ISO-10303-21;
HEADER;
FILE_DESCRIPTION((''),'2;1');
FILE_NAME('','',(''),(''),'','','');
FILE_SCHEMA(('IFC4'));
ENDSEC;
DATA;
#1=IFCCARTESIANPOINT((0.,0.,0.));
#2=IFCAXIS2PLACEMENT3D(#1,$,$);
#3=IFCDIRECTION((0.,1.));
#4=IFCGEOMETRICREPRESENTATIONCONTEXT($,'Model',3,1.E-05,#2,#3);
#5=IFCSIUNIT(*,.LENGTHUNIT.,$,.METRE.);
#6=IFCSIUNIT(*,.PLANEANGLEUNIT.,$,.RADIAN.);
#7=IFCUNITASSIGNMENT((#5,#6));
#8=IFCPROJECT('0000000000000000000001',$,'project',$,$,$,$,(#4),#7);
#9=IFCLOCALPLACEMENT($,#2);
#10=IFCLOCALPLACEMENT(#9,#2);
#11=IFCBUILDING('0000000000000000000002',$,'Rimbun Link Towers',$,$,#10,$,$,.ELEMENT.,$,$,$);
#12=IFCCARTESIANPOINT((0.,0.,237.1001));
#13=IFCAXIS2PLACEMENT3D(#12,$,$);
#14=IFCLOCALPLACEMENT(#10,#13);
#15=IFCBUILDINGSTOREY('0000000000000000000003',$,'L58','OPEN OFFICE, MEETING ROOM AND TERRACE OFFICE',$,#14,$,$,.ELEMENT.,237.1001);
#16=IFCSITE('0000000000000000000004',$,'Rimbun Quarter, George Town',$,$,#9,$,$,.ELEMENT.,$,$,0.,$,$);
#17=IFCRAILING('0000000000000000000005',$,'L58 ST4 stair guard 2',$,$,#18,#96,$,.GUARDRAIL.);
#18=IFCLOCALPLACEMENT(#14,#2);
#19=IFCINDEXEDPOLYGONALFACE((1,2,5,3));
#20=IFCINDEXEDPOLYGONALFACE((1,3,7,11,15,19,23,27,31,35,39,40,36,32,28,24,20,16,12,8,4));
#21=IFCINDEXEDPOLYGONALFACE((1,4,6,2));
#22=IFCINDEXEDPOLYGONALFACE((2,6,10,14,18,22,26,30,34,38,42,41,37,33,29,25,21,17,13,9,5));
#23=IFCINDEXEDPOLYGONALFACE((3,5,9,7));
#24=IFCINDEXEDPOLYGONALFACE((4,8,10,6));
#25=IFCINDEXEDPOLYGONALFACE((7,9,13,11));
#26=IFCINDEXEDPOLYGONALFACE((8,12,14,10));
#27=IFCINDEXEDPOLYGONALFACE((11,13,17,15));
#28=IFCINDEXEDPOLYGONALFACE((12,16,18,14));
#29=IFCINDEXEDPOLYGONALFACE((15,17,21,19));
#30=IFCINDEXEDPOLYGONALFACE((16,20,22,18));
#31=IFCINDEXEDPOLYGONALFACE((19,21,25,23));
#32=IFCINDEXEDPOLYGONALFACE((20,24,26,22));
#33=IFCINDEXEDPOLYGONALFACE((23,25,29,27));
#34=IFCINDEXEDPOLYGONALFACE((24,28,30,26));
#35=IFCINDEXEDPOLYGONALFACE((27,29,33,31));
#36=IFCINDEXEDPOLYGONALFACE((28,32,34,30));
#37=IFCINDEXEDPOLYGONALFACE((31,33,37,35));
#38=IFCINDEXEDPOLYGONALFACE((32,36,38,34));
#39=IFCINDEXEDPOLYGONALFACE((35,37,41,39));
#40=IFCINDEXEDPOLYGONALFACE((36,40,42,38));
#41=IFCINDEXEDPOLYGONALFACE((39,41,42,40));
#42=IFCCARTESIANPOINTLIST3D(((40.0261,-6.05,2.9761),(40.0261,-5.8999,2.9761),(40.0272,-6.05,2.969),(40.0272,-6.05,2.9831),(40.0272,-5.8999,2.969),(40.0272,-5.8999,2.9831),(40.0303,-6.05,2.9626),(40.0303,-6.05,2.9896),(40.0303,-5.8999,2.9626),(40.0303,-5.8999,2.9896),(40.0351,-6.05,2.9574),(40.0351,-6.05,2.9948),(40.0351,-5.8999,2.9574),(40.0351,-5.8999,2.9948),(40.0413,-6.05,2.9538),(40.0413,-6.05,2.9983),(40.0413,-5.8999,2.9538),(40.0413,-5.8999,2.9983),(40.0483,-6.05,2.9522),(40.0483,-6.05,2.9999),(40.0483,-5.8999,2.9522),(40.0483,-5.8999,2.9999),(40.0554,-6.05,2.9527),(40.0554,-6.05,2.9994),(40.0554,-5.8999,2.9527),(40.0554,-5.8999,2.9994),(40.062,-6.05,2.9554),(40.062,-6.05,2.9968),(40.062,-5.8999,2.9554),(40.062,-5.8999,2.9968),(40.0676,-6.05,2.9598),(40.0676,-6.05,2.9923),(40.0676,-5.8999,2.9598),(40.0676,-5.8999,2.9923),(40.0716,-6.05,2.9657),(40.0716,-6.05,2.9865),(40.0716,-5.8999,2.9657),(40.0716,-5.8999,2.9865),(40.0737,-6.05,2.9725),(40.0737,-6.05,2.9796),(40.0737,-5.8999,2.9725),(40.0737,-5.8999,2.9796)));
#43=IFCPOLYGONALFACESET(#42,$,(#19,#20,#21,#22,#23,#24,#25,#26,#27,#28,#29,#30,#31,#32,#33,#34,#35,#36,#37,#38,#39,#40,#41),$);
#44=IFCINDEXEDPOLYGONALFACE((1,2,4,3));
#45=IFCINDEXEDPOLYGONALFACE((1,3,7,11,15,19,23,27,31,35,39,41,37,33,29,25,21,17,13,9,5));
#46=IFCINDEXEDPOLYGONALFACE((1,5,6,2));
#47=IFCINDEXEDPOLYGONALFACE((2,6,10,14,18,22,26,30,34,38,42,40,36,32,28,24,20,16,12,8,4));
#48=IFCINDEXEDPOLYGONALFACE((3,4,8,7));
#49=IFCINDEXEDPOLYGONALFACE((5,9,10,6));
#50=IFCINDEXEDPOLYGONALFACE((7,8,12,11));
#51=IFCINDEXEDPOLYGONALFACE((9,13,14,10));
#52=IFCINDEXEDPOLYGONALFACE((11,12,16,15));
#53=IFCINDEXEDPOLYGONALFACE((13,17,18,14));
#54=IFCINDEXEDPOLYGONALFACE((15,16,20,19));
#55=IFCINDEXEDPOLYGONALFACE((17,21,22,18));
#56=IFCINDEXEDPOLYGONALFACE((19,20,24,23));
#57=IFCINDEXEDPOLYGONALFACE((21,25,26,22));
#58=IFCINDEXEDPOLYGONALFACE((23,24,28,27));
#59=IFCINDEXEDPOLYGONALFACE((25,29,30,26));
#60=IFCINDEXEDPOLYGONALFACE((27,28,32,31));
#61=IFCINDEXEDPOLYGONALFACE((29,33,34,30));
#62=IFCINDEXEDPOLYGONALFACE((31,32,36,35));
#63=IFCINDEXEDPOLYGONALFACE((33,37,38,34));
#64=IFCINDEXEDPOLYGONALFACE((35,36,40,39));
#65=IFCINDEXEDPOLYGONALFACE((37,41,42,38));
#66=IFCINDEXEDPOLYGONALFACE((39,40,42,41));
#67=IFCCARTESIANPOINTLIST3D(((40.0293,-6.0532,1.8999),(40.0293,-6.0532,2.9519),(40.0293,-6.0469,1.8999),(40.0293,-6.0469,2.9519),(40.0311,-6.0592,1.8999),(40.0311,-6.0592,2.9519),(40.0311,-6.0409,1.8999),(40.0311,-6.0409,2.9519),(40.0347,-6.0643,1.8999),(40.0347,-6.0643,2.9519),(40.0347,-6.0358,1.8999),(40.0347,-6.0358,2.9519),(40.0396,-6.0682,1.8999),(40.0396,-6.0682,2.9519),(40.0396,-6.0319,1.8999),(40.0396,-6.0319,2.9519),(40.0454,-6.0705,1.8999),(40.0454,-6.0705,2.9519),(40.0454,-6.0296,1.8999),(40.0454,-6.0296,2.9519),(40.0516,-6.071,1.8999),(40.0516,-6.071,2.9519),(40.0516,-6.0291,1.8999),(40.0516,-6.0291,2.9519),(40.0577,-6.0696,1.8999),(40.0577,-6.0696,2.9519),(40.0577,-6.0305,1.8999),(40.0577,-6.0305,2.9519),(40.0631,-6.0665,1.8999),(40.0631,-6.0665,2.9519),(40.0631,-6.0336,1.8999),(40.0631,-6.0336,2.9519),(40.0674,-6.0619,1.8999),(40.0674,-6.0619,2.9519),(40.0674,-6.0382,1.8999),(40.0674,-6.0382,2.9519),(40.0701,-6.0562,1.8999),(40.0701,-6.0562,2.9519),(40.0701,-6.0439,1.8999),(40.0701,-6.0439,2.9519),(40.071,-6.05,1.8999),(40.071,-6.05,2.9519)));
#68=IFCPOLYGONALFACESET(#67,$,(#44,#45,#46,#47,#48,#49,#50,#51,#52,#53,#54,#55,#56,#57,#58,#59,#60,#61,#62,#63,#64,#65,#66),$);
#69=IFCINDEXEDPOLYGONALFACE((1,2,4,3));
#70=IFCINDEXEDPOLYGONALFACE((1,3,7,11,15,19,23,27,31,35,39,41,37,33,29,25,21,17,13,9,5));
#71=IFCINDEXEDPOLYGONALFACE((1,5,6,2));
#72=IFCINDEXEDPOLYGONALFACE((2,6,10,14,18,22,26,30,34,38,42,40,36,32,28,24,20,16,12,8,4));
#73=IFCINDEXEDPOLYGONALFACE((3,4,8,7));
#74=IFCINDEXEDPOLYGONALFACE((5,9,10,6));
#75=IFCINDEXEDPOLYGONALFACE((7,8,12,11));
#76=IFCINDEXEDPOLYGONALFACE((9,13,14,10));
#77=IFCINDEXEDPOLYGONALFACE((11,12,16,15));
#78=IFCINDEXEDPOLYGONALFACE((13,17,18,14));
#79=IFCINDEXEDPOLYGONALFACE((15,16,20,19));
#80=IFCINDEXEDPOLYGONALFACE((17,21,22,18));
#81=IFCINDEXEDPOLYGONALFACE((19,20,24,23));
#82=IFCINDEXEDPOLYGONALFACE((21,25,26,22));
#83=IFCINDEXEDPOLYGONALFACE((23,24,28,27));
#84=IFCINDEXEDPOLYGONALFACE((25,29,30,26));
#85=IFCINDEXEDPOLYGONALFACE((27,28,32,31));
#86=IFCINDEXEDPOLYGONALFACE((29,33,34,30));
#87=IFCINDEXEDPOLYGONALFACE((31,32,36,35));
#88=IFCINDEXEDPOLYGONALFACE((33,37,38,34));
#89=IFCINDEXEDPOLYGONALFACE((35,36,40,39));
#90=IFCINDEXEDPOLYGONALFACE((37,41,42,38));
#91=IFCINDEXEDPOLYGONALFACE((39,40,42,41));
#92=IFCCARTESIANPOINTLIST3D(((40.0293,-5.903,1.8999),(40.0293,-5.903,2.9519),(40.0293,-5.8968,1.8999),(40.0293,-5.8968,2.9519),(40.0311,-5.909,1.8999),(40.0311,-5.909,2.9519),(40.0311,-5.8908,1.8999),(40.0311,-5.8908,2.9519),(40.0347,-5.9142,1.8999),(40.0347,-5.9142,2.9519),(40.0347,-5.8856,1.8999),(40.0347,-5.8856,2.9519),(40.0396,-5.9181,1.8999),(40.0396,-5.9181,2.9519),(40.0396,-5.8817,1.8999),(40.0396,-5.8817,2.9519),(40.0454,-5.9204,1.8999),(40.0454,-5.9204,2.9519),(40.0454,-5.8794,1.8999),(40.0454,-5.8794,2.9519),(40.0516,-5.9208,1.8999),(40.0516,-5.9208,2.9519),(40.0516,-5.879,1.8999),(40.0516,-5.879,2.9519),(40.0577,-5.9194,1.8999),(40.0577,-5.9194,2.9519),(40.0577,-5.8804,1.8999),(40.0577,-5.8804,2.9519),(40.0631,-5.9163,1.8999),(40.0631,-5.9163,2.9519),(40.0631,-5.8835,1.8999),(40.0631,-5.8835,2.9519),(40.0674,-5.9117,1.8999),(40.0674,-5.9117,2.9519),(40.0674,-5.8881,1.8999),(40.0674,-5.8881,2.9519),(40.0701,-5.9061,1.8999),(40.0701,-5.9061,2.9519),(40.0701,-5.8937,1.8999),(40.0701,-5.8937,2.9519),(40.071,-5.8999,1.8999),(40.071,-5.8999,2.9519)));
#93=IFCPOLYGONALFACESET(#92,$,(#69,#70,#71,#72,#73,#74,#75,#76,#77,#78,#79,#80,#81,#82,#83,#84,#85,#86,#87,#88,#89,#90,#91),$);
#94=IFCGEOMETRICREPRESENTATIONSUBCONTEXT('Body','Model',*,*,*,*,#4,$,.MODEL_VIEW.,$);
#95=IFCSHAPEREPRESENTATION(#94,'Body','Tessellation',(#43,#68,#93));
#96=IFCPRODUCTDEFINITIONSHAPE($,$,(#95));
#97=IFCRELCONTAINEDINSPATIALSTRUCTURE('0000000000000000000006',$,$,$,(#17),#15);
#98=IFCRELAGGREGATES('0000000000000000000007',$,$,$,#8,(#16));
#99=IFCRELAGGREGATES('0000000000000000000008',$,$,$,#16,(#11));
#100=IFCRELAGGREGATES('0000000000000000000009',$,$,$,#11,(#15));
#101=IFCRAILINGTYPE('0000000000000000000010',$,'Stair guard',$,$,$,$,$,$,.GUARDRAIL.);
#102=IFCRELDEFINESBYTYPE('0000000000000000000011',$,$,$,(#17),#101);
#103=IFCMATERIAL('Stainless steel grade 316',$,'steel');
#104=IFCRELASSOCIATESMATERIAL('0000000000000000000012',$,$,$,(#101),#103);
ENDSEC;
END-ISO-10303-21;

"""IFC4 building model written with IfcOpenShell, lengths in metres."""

from ifc_helpers import new_model, si_unit, direction, frame, origin, origin_2d, place, context, subcontext, project, spatial, circle, extrude, material, type_object, element, save


model = new_model("IFC4")

# Units and contexts
model_context = context("Model", 3, precision=1e-05, world=origin(), true_north=direction((0.0, 1.0)))
body_context = subcontext(model_context, "Body", "Model", "MODEL_VIEW")
ifc_project = project(units=[si_unit("LENGTHUNIT", "METRE"), si_unit("PLANEANGLEUNIT", "RADIAN")], contexts=[model_context])

# Site, building, storey
site_placement = place(None, origin())
site = spatial("IfcSite", under=ifc_project, at=site_placement, Name="Rimbun Quarter, George Town", CompositionType="ELEMENT", RefElevation=0.0)
building_placement = place(site_placement, origin())
building = spatial("IfcBuilding", under=site, at=building_placement, Name="Rimbun Link Towers", CompositionType="ELEMENT")
storey_placement = place(building_placement, frame((0.0, 0.0, 237.1001)))
storey = spatial("IfcBuildingStorey", under=building, at=storey_placement, Name="L58", Description="OPEN OFFICE, MEETING ROOM AND TERRACE OFFICE", CompositionType="ELEMENT", Elevation=237.1001)

# Railing
ifc_material_1 = material(Name="Stainless steel grade 316", Category="steel")
railing_type_1 = type_object("IfcRailingType", Name="Stair guard", PredefinedType="GUARDRAIL", material=ifc_material_1)
railing_1_placement = place(storey_placement, frame((40.05, -6.05, 1.8999)))
element("IfcRailing", 1, at=railing_1_placement, inside=storey, type_object=railing_type_1, Name="L58 ST4 stair guard 2", PredefinedType="GUARDRAIL", context=body_context, shape_type="SweptSolid", body=[
    extrude(circle(Radius=0.0239, at=origin_2d()), frame((0.0, 0.0, 1.0762), z_axis=(0.0, 1.0, 0.0), x_axis=(-1.0, 0.0, 0.0)), (0.0, 0.0, 1.0), 0.1501),
    extrude(circle(Radius=0.021, at=origin_2d()), origin(), (0.0, 0.0, 1.0), 1.052),
    extrude(circle(Radius=0.021, at=origin_2d()), frame((0.0, 0.1501, 0.0)), (0.0, 0.0, 1.0), 1.052),
])

save(model, "model.ifc")
